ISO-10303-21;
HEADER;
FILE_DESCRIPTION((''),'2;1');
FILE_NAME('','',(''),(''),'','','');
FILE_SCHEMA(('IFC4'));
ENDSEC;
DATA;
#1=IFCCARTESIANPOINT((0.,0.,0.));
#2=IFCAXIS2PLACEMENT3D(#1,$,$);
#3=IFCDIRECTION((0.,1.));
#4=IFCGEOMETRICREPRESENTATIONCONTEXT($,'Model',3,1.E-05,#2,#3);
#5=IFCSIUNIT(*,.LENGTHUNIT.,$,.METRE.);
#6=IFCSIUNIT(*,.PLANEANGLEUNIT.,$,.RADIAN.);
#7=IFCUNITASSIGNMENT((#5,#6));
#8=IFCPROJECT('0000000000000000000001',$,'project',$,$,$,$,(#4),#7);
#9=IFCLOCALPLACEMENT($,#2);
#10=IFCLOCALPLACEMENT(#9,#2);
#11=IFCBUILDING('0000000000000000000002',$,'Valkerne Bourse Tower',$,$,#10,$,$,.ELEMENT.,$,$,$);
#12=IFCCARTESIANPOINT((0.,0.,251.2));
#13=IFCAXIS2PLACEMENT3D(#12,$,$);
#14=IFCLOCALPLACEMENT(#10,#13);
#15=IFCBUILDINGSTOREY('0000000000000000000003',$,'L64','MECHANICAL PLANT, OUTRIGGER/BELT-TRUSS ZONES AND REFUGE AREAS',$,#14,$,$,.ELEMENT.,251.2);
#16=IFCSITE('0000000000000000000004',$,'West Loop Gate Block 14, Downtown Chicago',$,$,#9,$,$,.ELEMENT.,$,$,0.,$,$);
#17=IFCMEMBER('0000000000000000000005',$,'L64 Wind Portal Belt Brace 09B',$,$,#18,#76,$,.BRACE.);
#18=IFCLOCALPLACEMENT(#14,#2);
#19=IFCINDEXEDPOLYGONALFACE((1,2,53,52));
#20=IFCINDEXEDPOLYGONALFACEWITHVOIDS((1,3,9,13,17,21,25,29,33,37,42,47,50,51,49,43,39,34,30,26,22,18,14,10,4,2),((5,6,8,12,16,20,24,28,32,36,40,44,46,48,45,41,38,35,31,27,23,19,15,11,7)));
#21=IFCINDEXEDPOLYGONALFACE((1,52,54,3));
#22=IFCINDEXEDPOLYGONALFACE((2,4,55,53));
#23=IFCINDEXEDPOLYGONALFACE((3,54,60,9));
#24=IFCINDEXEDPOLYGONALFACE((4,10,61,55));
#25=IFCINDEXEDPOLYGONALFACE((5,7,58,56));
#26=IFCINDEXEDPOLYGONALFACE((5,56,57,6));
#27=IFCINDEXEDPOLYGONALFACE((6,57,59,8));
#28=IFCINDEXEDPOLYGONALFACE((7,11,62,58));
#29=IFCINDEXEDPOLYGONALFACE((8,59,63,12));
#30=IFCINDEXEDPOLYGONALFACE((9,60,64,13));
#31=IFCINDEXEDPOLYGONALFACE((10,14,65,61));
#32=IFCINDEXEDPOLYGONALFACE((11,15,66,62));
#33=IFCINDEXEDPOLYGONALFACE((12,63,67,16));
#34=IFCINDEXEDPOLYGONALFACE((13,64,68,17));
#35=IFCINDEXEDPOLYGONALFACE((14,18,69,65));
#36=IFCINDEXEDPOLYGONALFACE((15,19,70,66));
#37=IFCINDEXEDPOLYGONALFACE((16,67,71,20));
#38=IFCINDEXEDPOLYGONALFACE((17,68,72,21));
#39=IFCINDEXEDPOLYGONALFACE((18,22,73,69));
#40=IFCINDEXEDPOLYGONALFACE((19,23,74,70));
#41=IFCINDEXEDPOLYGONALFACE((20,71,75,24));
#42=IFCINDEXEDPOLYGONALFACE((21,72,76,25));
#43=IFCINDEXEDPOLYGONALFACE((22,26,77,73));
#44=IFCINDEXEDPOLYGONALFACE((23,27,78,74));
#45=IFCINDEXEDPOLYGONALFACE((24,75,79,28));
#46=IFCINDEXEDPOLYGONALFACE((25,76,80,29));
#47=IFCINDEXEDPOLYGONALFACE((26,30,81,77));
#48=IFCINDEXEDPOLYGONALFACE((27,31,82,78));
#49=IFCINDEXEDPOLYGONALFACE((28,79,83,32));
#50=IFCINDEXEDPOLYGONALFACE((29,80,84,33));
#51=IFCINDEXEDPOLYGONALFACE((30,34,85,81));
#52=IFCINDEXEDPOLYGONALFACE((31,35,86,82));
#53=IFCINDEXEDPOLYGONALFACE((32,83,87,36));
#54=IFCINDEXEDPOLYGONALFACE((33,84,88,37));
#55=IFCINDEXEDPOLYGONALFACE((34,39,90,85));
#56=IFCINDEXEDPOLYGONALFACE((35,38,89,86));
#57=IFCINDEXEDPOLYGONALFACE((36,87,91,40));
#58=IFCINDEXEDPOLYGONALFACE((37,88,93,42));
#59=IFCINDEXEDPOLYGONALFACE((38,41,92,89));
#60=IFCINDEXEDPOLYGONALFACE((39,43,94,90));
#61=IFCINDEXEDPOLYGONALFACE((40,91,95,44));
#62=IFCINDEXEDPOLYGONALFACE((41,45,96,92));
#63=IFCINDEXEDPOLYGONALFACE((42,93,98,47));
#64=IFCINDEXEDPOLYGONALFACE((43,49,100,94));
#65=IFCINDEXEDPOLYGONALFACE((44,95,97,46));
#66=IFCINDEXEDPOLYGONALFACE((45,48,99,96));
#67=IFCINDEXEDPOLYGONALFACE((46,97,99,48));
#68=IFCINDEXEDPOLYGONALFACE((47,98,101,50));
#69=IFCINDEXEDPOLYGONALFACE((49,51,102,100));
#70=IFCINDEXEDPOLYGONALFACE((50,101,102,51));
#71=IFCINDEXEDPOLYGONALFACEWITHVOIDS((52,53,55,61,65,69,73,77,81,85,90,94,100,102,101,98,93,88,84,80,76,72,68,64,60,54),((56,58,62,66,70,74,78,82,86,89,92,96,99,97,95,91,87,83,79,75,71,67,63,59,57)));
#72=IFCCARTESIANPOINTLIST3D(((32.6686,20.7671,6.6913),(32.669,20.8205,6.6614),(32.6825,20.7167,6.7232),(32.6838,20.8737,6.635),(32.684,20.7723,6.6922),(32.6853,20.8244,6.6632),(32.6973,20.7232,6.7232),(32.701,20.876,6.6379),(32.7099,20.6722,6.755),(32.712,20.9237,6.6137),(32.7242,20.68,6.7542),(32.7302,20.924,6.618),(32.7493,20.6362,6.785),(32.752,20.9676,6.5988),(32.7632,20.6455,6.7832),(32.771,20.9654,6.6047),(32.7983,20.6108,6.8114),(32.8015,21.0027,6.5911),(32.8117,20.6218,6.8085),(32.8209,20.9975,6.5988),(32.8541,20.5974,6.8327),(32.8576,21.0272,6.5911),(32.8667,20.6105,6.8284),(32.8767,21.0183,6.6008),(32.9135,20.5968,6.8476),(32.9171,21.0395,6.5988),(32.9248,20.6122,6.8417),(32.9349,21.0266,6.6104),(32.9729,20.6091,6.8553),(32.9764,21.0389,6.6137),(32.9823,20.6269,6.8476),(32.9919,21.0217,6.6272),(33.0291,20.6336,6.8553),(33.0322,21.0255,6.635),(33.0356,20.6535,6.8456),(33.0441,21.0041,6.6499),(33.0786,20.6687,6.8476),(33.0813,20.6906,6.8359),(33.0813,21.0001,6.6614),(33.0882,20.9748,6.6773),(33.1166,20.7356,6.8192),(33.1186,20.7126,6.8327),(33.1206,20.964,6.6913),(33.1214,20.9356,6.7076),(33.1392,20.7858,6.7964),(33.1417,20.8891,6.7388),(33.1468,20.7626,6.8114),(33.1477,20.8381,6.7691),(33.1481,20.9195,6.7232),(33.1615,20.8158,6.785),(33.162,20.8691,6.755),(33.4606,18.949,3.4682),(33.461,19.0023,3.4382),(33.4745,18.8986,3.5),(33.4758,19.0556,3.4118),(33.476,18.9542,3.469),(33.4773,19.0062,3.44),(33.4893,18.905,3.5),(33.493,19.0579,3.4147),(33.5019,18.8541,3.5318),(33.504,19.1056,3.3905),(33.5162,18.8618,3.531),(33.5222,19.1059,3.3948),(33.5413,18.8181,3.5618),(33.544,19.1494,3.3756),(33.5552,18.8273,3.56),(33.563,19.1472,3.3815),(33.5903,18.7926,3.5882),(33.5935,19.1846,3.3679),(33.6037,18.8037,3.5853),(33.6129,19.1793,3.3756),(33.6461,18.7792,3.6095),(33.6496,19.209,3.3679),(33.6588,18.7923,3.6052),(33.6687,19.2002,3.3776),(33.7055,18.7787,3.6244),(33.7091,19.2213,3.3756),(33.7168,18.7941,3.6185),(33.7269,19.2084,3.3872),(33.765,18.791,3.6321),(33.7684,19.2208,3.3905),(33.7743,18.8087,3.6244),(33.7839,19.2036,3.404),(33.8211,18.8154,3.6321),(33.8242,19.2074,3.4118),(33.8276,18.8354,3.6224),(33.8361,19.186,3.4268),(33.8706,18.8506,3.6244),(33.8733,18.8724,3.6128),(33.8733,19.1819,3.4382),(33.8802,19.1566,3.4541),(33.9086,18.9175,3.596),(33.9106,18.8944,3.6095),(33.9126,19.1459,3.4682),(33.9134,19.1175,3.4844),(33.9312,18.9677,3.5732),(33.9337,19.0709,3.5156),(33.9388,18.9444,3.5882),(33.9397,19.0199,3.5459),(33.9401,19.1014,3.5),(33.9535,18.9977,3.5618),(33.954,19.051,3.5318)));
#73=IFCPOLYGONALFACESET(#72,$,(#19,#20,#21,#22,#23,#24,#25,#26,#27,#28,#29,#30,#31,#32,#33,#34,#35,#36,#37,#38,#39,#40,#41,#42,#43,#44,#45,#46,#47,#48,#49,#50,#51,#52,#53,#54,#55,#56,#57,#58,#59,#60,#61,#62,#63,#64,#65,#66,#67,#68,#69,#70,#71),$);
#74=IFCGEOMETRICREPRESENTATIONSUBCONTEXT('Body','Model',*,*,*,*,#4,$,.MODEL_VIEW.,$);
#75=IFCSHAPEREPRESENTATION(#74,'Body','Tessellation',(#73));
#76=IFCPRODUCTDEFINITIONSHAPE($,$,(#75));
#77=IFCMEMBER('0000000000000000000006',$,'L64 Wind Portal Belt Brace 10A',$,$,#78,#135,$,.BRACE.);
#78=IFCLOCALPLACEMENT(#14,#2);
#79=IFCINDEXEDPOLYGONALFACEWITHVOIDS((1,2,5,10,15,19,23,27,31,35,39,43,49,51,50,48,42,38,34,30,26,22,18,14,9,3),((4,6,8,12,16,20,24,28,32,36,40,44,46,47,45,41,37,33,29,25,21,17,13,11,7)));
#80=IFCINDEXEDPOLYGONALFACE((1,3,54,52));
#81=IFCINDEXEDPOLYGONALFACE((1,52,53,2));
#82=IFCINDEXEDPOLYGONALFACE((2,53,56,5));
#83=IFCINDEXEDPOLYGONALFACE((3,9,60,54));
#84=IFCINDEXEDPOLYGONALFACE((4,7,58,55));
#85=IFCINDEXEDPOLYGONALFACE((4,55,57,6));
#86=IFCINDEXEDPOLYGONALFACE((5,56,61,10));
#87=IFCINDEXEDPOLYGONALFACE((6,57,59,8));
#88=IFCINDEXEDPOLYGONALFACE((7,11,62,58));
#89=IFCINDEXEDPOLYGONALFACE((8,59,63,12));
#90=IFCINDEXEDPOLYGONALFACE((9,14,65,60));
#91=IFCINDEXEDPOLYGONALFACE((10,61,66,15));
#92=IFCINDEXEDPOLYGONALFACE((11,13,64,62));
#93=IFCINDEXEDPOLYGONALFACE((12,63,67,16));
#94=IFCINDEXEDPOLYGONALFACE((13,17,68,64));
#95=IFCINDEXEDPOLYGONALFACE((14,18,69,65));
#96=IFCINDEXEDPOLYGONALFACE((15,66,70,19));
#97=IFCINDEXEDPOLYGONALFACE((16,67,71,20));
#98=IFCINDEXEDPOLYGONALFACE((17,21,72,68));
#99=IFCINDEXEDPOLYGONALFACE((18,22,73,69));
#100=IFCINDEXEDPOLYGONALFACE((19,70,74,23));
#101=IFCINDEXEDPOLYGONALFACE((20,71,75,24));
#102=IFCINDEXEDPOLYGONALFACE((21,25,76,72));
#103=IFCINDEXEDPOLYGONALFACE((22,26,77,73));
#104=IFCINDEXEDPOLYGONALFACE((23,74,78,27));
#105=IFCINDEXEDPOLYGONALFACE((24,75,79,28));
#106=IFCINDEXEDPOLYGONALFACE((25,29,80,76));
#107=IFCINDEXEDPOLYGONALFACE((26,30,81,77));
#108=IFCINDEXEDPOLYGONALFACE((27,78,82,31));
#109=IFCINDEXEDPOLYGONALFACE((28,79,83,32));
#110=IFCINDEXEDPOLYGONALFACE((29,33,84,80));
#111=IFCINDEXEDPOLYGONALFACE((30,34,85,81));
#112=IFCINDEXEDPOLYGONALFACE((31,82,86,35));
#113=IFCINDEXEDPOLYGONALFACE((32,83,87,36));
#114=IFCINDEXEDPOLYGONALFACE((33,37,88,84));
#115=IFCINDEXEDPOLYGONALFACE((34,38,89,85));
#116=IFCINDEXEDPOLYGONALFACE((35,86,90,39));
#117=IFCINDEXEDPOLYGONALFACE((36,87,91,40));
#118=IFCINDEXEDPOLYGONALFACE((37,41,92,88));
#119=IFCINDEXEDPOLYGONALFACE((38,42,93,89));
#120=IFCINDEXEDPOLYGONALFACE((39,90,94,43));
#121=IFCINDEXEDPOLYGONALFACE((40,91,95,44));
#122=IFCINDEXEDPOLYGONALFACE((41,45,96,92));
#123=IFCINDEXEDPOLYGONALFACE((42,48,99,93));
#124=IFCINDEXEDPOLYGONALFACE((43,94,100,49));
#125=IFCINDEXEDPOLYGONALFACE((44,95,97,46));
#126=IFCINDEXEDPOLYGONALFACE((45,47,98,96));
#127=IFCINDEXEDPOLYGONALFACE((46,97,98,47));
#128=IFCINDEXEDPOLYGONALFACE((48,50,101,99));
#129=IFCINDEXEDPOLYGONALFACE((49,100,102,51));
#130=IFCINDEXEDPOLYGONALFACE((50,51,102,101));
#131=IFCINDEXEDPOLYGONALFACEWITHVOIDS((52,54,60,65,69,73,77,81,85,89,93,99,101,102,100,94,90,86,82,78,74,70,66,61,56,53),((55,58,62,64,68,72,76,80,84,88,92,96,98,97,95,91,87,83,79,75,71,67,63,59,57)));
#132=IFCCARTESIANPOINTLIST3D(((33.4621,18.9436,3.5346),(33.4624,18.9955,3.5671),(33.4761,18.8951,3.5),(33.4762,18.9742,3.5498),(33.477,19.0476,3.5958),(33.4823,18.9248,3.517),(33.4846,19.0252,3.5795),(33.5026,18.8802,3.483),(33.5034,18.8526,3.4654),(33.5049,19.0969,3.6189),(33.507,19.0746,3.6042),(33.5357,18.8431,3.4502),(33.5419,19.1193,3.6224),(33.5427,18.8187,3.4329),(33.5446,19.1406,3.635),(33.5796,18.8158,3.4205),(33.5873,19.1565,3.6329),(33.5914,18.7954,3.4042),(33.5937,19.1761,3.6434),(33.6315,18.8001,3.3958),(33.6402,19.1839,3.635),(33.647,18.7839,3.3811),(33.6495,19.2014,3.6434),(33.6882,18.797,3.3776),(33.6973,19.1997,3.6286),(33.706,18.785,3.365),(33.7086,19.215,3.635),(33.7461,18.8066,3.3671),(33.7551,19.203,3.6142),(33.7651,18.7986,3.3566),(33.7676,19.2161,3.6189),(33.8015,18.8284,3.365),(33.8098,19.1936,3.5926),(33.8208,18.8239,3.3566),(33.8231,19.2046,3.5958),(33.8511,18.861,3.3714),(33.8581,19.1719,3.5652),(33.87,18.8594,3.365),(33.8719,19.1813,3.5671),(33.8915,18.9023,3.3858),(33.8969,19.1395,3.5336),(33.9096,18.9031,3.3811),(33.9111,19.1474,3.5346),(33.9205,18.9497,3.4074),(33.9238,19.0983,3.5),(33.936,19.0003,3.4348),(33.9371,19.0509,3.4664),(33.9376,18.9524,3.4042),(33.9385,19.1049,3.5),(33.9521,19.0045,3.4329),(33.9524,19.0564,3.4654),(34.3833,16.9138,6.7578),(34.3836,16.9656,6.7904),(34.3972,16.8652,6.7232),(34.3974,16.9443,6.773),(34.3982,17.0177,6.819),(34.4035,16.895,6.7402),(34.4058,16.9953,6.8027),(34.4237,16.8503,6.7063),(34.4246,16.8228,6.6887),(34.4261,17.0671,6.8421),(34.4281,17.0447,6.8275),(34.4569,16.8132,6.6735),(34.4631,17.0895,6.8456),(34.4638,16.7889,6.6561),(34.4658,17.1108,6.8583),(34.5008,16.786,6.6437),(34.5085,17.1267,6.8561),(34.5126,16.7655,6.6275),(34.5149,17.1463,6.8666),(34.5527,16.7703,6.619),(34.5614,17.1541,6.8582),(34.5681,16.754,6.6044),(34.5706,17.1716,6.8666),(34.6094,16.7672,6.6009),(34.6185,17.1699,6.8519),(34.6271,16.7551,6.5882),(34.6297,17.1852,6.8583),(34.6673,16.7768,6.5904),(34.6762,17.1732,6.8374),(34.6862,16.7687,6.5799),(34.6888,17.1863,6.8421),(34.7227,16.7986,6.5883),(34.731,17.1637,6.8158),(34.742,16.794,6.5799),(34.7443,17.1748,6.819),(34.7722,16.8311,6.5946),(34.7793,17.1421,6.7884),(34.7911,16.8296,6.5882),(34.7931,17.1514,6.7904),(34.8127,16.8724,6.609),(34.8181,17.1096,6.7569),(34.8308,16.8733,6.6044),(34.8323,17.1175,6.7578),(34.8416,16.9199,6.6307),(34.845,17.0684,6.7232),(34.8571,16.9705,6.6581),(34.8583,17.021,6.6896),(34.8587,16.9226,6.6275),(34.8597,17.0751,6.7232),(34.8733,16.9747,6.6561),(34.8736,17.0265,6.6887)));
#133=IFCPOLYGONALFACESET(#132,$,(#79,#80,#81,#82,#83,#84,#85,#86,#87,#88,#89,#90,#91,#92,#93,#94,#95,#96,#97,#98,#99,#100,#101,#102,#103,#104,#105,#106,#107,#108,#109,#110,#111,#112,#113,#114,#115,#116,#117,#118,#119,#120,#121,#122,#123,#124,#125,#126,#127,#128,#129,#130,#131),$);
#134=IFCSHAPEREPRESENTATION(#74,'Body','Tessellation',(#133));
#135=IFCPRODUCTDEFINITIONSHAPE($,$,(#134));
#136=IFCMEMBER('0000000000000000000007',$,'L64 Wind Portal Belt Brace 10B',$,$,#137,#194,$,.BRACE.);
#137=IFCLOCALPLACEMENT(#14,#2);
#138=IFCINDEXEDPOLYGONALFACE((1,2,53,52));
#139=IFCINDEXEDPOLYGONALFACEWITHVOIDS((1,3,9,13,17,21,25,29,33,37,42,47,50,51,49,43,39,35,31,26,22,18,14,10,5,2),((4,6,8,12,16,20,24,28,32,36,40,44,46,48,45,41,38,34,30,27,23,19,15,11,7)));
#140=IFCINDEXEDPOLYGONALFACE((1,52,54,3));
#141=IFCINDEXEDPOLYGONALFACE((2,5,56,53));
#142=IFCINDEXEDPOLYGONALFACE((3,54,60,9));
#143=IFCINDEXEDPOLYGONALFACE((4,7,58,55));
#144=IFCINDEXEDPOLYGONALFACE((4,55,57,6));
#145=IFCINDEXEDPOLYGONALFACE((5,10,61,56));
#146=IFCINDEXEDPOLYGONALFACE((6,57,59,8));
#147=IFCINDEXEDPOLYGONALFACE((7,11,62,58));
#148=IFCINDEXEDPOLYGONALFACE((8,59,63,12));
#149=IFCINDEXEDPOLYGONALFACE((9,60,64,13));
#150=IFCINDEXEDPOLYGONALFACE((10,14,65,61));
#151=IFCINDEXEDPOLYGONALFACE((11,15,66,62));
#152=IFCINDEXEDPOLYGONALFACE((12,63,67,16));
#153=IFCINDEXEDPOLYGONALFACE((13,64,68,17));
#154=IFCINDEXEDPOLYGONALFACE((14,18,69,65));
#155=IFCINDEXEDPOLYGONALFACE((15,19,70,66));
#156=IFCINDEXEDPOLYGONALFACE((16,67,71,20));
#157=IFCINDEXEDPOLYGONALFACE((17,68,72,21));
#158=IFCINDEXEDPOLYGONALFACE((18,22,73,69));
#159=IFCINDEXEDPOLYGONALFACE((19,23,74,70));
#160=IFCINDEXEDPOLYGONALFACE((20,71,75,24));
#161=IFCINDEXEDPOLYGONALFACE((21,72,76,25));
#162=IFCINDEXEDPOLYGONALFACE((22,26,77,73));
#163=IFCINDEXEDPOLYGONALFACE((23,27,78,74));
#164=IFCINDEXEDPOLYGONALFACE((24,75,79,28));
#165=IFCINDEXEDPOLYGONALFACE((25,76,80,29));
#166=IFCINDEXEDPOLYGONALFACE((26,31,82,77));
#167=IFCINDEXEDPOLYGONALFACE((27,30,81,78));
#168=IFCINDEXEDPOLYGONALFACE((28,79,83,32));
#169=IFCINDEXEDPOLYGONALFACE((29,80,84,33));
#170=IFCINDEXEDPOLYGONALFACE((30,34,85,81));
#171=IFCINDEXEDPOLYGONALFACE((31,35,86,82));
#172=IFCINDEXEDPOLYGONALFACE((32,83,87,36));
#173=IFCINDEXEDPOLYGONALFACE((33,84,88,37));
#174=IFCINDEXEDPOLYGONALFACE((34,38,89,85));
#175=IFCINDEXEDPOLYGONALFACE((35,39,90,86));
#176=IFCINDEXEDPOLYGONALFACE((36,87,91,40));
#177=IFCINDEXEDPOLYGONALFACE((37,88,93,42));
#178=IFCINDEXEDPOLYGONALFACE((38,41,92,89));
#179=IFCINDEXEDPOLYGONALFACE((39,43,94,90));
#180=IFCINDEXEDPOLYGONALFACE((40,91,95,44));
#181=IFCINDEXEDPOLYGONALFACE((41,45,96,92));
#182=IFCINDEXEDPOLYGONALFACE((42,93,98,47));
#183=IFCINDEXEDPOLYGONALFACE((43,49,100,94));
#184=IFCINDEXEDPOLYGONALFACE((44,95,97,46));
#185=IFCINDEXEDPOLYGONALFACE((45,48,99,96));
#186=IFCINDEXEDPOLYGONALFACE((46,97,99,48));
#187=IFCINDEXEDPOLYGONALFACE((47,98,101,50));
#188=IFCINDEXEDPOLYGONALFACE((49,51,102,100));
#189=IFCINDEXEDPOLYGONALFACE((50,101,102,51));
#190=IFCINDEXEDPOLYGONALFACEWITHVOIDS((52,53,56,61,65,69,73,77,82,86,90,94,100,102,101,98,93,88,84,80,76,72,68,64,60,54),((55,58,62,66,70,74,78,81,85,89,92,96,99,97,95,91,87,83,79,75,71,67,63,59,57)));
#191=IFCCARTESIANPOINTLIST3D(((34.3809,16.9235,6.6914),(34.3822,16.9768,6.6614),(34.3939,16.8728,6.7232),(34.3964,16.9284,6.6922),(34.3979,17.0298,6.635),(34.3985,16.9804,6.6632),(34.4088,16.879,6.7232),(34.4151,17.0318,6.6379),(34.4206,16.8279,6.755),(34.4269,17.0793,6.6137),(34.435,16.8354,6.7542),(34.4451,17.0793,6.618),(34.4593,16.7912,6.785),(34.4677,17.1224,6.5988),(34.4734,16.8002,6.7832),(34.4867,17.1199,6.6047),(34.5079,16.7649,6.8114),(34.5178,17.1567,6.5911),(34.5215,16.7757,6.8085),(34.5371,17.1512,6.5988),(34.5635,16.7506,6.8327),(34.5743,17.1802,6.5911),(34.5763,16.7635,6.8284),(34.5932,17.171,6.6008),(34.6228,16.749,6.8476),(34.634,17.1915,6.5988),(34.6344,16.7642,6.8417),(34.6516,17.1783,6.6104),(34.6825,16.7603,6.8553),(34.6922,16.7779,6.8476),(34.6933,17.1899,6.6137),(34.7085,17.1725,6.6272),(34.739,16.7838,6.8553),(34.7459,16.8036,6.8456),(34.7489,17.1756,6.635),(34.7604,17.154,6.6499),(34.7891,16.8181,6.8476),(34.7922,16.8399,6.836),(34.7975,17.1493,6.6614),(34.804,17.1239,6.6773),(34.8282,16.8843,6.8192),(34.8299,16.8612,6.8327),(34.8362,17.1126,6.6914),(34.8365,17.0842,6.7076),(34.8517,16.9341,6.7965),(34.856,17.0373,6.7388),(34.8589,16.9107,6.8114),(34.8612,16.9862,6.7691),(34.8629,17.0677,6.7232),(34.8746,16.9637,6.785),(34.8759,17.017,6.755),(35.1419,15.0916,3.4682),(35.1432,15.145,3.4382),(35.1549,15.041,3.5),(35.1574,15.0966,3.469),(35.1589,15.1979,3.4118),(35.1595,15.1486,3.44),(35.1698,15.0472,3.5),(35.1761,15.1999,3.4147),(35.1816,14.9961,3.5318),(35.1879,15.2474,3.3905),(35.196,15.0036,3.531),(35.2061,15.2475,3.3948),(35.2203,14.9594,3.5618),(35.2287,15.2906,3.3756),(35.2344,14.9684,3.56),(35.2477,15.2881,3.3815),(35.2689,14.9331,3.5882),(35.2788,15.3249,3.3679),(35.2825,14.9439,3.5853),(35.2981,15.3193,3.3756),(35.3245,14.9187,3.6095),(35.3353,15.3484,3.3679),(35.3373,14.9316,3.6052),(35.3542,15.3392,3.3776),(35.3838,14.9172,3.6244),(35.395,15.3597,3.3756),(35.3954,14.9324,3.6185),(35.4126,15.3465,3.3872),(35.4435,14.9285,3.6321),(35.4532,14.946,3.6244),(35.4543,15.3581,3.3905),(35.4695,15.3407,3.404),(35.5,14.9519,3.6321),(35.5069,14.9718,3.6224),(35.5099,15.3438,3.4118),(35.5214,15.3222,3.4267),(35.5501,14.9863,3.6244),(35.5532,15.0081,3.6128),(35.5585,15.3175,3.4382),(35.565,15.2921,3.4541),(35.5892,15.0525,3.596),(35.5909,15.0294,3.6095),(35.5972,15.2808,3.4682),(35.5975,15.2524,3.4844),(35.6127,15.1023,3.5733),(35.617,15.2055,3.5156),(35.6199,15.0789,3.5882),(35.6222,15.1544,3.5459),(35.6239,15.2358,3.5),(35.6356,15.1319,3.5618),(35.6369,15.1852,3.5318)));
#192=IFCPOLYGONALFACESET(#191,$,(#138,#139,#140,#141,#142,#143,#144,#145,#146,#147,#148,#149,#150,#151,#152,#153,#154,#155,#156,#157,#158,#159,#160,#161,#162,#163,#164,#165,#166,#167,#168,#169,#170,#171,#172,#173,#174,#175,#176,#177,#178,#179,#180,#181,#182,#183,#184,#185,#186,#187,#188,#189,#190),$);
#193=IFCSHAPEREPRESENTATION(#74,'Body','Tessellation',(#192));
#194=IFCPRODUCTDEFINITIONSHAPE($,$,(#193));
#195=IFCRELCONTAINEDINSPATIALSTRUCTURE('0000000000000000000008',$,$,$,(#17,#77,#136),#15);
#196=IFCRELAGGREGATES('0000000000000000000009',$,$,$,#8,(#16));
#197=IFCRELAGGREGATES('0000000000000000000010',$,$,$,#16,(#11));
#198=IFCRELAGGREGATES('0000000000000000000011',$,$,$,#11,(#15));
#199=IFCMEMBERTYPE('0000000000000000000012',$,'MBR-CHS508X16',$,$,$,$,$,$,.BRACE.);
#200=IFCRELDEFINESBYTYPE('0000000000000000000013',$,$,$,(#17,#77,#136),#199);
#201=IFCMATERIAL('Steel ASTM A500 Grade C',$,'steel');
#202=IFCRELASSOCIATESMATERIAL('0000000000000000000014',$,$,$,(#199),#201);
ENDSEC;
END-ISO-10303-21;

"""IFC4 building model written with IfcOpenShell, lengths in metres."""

from ifc_helpers import new_model, si_unit, direction, frame, origin, origin_2d, place, context, subcontext, project, spatial, hollow_circle, extrude, material, material_profile, profile_set, type_object, element, save


model = new_model("IFC4")

# Units and contexts
model_context = context("Model", 3, precision=1e-05, world=origin(), true_north=direction((0.0, 1.0)))
body_context = subcontext(model_context, "Body", "Model", "MODEL_VIEW")
ifc_project = project(units=[si_unit("LENGTHUNIT", "METRE"), si_unit("PLANEANGLEUNIT", "RADIAN")], contexts=[model_context])

# Site, building, storey
site_placement = place(None, origin())
site = spatial("IfcSite", under=ifc_project, at=site_placement, Name="West Loop Gate Block 14, Downtown Chicago", CompositionType="ELEMENT", RefElevation=0.0)
building_placement = place(site_placement, origin())
building = spatial("IfcBuilding", under=site, at=building_placement, Name="Valkerne Bourse Tower", CompositionType="ELEMENT")
storey_placement = place(building_placement, frame((0.0, 0.0, 251.2)))
storey = spatial("IfcBuildingStorey", under=building, at=storey_placement, Name="L64", Description="MECHANICAL PLANT, OUTRIGGER/BELT-TRUSS ZONES AND REFUGE AREAS", CompositionType="ELEMENT", Elevation=251.2)

# Members
ifc_material_1 = material(Name="Steel ASTM A500 Grade C", Category="steel")
ifc_material_profile_1 = material_profile(ifc_material_1, hollow_circle(Radius=0.2539, WallThickness=0.0161, at=origin_2d()), Name="CHS508X16")
ifc_profile_set_1 = profile_set([ifc_material_profile_1], Name="Steel ASTM A500 Grade C")
member_type_1 = type_object("IfcMemberType", Name="MBR-CHS508X16", PredefinedType="BRACE", material=ifc_profile_set_1)
member_1_placement = place(storey_placement, frame((33.7073, 19.0, 3.5), z_axis=(-0.20928, 0.480427, 0.851699), x_axis=(-0.916792, -0.399365, 0.0)))
element("IfcMember", 1, at=member_1_placement, inside=storey, type_object=member_type_1, Name="L64 Wind Portal Belt Brace 09B", PredefinedType="BRACE", context=body_context, shape_type="SweptSolid", body=[
    extrude(hollow_circle(Radius=0.2539, WallThickness=0.0161, at=origin_2d()), origin(), (0.0, 0.0, 1.0), 3.7844),
])
member_2_placement = place(storey_placement, frame((33.7073, 19.0, 3.5), z_axis=(0.235056, -0.517958, 0.822477), x_axis=(0.910618, 0.41325, 0.0)))
element("IfcMember", 2, at=member_2_placement, inside=storey, type_object=member_type_1, Name="L64 Wind Portal Belt Brace 10A", PredefinedType="BRACE", context=body_context, shape_type="SweptSolid", body=[
    extrude(hollow_circle(Radius=0.2539, WallThickness=0.0161, at=origin_2d()), origin(), (0.0, 0.0, 1.0), 3.9189),
])
member_3_placement = place(storey_placement, frame((35.3894, 15.1384, 3.5), z_axis=(-0.201074, 0.484011, 0.851647), x_axis=(-0.923481, -0.383645, 0.0)))
element("IfcMember", 3, at=member_3_placement, inside=storey, type_object=member_type_1, Name="L64 Wind Portal Belt Brace 10B", PredefinedType="BRACE", context=body_context, shape_type="SweptSolid", body=[
    extrude(hollow_circle(Radius=0.2539, WallThickness=0.0161, at=origin_2d()), origin(), (0.0, 0.0, 1.0), 3.7847),
])

save(model, "model.ifc")
